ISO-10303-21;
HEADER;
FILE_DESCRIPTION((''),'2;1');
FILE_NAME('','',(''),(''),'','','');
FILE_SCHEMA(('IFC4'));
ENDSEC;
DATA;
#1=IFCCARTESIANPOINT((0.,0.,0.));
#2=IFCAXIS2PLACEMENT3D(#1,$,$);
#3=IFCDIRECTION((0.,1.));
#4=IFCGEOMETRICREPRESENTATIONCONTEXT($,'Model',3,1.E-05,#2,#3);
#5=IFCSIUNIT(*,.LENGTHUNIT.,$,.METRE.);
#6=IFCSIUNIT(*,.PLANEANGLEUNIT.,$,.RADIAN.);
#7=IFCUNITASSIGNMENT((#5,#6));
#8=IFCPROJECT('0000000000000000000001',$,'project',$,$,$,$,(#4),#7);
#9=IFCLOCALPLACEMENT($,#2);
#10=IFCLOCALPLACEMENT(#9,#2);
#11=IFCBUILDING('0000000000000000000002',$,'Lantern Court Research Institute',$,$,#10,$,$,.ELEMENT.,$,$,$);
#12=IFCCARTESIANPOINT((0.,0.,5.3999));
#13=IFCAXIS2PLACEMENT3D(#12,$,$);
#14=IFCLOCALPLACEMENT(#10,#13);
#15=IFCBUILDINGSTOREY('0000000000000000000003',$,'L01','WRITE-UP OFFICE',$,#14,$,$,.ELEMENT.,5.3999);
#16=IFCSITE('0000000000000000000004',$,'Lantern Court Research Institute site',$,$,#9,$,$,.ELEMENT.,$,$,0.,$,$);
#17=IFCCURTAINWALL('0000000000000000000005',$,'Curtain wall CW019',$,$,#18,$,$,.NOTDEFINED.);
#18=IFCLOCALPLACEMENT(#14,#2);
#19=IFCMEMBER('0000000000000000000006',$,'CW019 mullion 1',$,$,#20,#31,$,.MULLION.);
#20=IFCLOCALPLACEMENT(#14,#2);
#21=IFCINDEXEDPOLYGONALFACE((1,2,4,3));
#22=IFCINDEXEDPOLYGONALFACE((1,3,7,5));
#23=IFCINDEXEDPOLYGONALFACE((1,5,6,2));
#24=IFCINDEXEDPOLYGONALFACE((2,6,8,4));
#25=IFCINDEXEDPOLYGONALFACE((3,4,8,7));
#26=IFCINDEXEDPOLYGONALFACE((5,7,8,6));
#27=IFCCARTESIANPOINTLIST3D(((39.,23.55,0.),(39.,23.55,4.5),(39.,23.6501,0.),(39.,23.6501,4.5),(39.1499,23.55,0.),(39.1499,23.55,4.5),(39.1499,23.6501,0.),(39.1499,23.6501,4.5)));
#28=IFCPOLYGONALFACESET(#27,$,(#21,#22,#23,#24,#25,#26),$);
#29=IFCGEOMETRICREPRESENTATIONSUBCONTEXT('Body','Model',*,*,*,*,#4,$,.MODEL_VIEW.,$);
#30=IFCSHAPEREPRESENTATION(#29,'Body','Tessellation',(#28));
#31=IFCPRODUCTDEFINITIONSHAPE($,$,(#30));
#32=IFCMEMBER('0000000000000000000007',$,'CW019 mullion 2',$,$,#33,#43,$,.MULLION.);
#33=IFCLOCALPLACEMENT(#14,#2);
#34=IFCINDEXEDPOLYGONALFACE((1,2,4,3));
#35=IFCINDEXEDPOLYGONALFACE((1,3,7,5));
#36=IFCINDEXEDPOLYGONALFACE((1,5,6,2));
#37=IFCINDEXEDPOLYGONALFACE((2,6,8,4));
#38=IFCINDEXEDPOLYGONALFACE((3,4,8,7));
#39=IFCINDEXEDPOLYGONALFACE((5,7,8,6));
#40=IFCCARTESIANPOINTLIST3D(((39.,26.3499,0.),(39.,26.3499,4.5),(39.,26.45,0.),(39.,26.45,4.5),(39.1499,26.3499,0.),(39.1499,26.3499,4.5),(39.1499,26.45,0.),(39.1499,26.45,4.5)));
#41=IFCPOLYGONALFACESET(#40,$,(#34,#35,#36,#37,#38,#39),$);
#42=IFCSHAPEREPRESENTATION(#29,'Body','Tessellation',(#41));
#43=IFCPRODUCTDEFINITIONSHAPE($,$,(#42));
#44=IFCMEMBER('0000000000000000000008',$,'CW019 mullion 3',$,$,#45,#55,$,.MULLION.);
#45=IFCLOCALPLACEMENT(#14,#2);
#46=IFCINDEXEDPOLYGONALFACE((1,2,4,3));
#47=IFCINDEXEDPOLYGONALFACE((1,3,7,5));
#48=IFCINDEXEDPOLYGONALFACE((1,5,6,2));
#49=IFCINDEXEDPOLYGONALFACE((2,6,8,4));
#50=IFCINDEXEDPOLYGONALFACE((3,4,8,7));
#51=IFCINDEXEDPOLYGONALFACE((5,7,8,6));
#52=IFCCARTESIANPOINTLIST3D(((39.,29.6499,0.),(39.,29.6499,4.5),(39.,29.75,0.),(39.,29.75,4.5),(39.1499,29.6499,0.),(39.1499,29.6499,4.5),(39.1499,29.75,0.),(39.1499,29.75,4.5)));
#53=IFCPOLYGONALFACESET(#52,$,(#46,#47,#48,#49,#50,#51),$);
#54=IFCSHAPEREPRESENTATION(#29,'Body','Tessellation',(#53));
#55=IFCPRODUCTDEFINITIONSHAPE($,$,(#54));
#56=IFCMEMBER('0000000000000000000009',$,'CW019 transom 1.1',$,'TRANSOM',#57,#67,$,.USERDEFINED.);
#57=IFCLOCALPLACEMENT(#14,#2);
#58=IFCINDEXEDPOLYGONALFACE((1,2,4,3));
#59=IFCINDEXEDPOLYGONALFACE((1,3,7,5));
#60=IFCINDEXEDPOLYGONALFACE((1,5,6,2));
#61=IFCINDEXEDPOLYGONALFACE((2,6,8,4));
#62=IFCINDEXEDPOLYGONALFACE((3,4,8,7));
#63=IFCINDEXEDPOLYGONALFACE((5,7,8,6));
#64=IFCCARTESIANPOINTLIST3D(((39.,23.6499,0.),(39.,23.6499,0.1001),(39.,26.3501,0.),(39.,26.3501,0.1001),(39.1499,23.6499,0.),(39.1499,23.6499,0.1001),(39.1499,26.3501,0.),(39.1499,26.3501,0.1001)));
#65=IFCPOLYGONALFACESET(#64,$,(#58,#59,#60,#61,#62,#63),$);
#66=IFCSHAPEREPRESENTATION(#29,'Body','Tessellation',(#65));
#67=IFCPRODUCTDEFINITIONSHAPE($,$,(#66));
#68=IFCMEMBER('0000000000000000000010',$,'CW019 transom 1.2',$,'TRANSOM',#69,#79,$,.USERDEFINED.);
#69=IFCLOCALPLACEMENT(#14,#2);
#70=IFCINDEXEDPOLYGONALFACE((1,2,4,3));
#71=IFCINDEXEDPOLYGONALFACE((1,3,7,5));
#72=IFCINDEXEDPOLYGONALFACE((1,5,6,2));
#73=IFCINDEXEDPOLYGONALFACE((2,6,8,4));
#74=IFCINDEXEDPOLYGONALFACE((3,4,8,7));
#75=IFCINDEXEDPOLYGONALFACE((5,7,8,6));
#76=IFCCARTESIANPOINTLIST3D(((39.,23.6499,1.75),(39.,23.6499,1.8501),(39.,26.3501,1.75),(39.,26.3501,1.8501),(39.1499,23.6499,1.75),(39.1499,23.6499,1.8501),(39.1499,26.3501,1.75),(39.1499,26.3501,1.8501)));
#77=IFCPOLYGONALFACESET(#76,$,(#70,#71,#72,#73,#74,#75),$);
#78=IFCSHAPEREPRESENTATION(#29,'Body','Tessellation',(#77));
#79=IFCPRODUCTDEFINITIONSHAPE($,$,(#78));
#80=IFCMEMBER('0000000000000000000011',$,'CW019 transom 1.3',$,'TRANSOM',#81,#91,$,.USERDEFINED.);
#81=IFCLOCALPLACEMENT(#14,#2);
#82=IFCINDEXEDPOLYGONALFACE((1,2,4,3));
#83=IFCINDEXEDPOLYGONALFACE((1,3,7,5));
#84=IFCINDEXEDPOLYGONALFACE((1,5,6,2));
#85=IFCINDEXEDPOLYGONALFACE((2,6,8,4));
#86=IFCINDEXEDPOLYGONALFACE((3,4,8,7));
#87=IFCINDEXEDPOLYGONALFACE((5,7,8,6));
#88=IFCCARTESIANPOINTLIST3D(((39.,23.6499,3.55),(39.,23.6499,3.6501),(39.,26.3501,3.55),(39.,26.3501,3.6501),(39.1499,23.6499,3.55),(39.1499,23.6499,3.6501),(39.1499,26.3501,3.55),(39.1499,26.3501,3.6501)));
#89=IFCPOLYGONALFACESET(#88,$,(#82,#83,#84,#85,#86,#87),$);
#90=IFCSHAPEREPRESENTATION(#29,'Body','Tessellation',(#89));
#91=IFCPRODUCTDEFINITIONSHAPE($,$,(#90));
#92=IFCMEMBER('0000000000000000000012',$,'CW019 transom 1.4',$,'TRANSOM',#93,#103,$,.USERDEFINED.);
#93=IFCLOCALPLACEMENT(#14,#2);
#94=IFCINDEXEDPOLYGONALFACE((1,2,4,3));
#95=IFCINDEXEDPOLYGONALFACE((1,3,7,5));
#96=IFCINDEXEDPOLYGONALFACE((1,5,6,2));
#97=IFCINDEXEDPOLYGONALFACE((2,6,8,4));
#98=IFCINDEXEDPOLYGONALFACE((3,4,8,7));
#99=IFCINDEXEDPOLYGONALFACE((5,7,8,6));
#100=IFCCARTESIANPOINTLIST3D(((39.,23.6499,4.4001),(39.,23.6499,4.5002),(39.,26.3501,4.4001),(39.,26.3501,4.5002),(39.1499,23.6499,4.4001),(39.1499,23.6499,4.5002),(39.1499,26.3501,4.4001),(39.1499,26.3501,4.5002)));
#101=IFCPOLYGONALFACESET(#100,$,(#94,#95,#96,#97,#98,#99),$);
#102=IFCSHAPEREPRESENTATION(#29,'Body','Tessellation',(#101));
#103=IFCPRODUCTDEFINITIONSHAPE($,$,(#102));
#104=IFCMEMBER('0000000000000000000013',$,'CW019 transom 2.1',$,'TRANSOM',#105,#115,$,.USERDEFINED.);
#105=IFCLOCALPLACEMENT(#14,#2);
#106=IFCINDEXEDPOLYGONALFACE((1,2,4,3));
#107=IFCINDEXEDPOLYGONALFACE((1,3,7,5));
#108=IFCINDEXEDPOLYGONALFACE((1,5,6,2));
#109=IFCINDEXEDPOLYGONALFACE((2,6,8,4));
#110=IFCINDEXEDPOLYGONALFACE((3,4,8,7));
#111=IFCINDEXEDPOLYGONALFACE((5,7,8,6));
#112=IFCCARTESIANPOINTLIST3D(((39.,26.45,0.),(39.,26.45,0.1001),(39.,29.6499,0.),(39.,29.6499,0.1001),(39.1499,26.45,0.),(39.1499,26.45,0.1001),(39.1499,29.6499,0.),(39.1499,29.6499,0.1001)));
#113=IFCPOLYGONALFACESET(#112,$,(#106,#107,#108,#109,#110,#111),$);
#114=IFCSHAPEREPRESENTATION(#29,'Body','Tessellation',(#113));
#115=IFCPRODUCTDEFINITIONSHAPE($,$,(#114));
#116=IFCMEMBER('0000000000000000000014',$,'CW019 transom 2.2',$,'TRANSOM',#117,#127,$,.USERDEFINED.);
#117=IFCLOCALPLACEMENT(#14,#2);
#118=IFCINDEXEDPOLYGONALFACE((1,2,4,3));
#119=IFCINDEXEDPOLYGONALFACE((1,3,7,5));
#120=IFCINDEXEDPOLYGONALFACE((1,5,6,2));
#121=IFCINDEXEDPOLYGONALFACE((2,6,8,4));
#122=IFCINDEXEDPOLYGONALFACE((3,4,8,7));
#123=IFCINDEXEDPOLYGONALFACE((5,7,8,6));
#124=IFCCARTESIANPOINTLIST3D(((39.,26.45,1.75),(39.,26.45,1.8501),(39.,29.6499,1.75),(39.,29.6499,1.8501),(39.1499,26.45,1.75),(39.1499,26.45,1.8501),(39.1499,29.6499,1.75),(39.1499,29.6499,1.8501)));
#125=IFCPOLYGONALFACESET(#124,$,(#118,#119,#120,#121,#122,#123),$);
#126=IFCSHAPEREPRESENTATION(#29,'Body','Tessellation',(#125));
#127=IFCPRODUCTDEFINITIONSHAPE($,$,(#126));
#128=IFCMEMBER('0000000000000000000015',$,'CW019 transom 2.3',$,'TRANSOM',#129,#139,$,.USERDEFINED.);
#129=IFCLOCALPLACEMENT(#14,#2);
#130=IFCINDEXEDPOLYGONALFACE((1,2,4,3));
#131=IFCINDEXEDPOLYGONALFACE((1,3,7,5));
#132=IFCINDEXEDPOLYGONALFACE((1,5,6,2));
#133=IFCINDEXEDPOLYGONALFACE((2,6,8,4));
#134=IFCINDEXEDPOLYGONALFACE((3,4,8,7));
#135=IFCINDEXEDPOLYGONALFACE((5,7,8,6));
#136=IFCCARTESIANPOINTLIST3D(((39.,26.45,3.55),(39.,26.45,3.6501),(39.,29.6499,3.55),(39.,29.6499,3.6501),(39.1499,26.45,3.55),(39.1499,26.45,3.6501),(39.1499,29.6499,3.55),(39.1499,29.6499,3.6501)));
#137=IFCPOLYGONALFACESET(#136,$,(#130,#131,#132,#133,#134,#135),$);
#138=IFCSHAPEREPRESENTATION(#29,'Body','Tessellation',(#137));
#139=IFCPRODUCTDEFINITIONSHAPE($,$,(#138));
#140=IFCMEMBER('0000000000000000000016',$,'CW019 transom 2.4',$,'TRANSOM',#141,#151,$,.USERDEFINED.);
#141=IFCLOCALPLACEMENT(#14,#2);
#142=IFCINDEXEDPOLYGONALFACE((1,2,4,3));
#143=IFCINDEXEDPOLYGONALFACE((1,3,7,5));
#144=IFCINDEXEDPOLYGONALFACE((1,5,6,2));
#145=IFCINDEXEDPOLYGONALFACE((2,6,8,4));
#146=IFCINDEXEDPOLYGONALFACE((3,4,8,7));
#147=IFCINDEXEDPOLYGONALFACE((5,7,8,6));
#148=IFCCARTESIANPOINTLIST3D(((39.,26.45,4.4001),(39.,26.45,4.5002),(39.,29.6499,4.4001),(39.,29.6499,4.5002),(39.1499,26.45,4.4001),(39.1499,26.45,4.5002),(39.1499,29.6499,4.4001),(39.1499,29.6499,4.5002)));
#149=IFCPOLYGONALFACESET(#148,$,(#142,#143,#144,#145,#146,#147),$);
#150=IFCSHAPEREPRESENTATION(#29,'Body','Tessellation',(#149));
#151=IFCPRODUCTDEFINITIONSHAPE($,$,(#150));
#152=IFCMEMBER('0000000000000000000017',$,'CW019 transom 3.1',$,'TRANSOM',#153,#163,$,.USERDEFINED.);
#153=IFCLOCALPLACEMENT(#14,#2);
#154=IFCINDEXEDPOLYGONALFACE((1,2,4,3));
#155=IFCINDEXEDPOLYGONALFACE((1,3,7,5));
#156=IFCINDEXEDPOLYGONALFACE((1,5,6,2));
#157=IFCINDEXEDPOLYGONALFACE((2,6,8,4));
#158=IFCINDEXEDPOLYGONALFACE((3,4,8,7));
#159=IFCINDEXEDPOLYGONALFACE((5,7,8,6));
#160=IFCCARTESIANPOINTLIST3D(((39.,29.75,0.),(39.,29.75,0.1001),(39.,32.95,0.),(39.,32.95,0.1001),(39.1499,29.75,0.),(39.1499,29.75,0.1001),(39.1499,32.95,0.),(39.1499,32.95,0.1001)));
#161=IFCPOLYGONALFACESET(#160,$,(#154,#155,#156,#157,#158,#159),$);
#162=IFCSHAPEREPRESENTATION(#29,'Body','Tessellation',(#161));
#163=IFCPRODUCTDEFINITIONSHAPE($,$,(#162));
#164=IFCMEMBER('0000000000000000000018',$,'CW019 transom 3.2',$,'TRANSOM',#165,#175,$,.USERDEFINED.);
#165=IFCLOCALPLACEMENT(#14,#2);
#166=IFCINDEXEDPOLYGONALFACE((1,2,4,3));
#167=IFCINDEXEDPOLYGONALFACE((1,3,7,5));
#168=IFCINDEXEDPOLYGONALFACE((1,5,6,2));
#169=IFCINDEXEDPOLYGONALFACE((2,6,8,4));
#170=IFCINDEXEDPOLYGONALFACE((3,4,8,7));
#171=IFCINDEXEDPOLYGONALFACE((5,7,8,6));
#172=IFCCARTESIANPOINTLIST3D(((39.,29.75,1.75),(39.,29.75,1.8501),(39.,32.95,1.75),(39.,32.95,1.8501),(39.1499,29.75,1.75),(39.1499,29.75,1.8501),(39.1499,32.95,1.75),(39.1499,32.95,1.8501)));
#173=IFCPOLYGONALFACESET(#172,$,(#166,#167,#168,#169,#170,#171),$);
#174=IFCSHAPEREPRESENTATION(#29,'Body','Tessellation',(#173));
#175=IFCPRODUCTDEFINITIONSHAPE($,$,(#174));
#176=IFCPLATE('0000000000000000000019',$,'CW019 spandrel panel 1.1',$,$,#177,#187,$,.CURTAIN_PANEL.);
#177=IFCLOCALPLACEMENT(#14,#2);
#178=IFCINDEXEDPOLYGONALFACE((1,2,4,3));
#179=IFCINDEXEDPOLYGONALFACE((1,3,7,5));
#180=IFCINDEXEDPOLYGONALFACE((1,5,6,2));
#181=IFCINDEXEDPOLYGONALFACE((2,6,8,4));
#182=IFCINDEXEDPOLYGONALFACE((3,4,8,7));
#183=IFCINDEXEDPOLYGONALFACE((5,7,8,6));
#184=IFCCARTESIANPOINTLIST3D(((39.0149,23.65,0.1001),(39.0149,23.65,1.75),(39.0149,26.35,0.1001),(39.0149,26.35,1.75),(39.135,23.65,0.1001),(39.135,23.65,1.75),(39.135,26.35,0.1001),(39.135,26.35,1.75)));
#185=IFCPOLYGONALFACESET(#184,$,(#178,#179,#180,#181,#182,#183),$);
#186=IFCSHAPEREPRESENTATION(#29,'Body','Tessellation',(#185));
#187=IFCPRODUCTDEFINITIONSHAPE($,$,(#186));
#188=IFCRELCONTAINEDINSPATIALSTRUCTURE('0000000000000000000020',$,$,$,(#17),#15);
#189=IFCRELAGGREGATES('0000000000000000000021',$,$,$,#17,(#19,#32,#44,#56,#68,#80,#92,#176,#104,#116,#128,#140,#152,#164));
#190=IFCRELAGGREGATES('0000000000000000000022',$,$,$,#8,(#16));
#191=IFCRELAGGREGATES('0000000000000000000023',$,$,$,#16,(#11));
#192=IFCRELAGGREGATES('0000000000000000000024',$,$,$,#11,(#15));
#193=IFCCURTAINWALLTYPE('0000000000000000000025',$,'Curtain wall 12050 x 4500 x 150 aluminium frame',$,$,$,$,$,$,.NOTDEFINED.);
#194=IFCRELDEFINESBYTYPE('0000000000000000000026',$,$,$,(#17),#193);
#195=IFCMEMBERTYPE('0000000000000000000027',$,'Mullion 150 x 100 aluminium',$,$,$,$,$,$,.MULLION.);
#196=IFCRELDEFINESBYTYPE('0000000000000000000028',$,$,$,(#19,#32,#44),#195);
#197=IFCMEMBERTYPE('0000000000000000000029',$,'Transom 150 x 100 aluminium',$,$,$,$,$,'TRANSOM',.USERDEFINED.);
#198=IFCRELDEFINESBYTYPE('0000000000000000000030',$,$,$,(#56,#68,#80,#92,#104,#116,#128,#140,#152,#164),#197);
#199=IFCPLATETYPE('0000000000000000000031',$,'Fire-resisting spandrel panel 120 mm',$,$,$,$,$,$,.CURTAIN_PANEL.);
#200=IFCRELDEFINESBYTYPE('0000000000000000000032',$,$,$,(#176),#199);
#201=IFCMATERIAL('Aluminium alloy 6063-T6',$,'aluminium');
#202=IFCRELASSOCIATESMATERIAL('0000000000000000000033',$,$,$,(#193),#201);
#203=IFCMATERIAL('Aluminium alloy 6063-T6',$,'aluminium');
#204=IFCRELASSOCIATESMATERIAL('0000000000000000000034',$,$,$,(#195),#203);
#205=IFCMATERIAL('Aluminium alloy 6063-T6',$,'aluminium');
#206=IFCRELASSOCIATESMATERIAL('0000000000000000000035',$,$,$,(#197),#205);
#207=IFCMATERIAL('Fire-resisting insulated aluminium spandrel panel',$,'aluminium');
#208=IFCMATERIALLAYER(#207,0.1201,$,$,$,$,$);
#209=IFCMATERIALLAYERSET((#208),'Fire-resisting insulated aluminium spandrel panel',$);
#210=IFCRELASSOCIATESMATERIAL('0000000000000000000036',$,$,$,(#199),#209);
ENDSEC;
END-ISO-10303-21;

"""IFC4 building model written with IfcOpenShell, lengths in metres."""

from ifc_helpers import new_model, si_unit, direction, frame, origin, origin_2d, place, context, subcontext, project, spatial, rectangle, extrude, material, layer, layer_set, material_profile, profile_set, type_object, element, aggregate, save


model = new_model("IFC4")

# Units and contexts
model_context = context("Model", 3, precision=1e-05, world=origin(), true_north=direction((0.0, 1.0)))
body_context = subcontext(model_context, "Body", "Model", "MODEL_VIEW")
ifc_project = project(units=[si_unit("LENGTHUNIT", "METRE"), si_unit("PLANEANGLEUNIT", "RADIAN")], contexts=[model_context])

# Site, building, storey
site_placement = place(None, origin())
site = spatial("IfcSite", under=ifc_project, at=site_placement, Name="Lantern Court Research Institute site", CompositionType="ELEMENT", RefElevation=0.0)
building_placement = place(site_placement, origin())
building = spatial("IfcBuilding", under=site, at=building_placement, Name="Lantern Court Research Institute", CompositionType="ELEMENT")
storey_placement = place(building_placement, frame((0.0, 0.0, 5.3999)))
storey = spatial("IfcBuildingStorey", under=building, at=storey_placement, Name="L01", Description="WRITE-UP OFFICE", CompositionType="ELEMENT", Elevation=5.3999)

# Curtain wall, members, plate
ifc_material_1 = material(Name="Aluminium alloy 6063-T6", Category="aluminium")
curtain_wall_type = type_object("IfcCurtainWallType", Name="Curtain wall 12050 x 4500 x 150 aluminium frame", PredefinedType="NOTDEFINED", material=ifc_material_1)
curtain_wall_placement = place(storey_placement, origin())
curtain_wall = element("IfcCurtainWall", 1, at=curtain_wall_placement, inside=storey, type_object=curtain_wall_type, Name="Curtain wall CW019", PredefinedType="NOTDEFINED")
ifc_material_2 = material(Name="Aluminium alloy 6063-T6", Category="aluminium")
ifc_material_profile_1 = material_profile(ifc_material_2, rectangle(XDim=0.1499, YDim=0.1001, at=origin_2d()), Name="Mullion 150 x 100")
ifc_profile_set_1 = profile_set([ifc_material_profile_1], Name="Aluminium alloy 6063-T6")
member_type_1 = type_object("IfcMemberType", Name="Mullion 150 x 100 aluminium", PredefinedType="MULLION", material=ifc_profile_set_1)
member_1_placement = place(storey_placement, frame((39.075, 23.6001, 0.0), z_axis=(0.0, 0.0, 1.0), x_axis=(-1.0, 0.0, 0.0)))
member_1 = element("IfcMember", 2, at=member_1_placement, type_object=member_type_1, Name="CW019 mullion 1", PredefinedType="MULLION", context=body_context, shape_type="SweptSolid", body=[
    extrude(rectangle(XDim=0.1499, YDim=0.1001, at=origin_2d()), origin(), (0.0, 0.0, 1.0), 4.5),
])
member_2_placement = place(storey_placement, frame((39.075, 26.3999, 0.0), z_axis=(0.0, 0.0, 1.0), x_axis=(-1.0, 0.0, 0.0)))
member_2 = element("IfcMember", 3, at=member_2_placement, type_object=member_type_1, Name="CW019 mullion 2", PredefinedType="MULLION", context=body_context, shape_type="SweptSolid", body=[
    extrude(rectangle(XDim=0.1499, YDim=0.1001, at=origin_2d()), origin(), (0.0, 0.0, 1.0), 4.5),
])
member_3_placement = place(storey_placement, frame((39.075, 29.7, 0.0), z_axis=(0.0, 0.0, 1.0), x_axis=(-1.0, 0.0, 0.0)))
member_3 = element("IfcMember", 4, at=member_3_placement, type_object=member_type_1, Name="CW019 mullion 3", PredefinedType="MULLION", context=body_context, shape_type="SweptSolid", body=[
    extrude(rectangle(XDim=0.1499, YDim=0.1001, at=origin_2d()), origin(), (0.0, 0.0, 1.0), 4.5),
])
ifc_material_3 = material(Name="Aluminium alloy 6063-T6", Category="aluminium")
ifc_material_profile_2 = material_profile(ifc_material_3, rectangle(XDim=0.1499, YDim=0.1001, at=origin_2d()), Name="Transom 150 x 100")
ifc_profile_set_2 = profile_set([ifc_material_profile_2], Name="Aluminium alloy 6063-T6")
member_type_2 = type_object("IfcMemberType", Name="Transom 150 x 100 aluminium", ElementType="TRANSOM", PredefinedType="USERDEFINED", material=ifc_profile_set_2)
member_4_placement = place(storey_placement, frame((39.075, 23.6499, 0.05), z_axis=(0.0, 1.0, 0.0), x_axis=(-1.0, 0.0, 0.0)))
member_4 = element("IfcMember", 5, at=member_4_placement, type_object=member_type_2, Name="CW019 transom 1.1", ObjectType="TRANSOM", PredefinedType="USERDEFINED", context=body_context, shape_type="SweptSolid", body=[
    extrude(rectangle(XDim=0.1499, YDim=0.1001, at=origin_2d()), origin(), (0.0, 0.0, 1.0), 2.7002),
])
member_5_placement = place(storey_placement, frame((39.075, 23.6499, 1.8), z_axis=(0.0, 1.0, 0.0), x_axis=(-1.0, 0.0, 0.0)))
member_5 = element("IfcMember", 6, at=member_5_placement, type_object=member_type_2, Name="CW019 transom 1.2", ObjectType="TRANSOM", PredefinedType="USERDEFINED", context=body_context, shape_type="SweptSolid", body=[
    extrude(rectangle(XDim=0.1499, YDim=0.1001, at=origin_2d()), origin(), (0.0, 0.0, 1.0), 2.7002),
])
member_6_placement = place(storey_placement, frame((39.075, 23.6499, 3.6001), z_axis=(0.0, 1.0, 0.0), x_axis=(-1.0, 0.0, 0.0)))
member_6 = element("IfcMember", 7, at=member_6_placement, type_object=member_type_2, Name="CW019 transom 1.3", ObjectType="TRANSOM", PredefinedType="USERDEFINED", context=body_context, shape_type="SweptSolid", body=[
    extrude(rectangle(XDim=0.1499, YDim=0.1001, at=origin_2d()), origin(), (0.0, 0.0, 1.0), 2.7002),
])
member_7_placement = place(storey_placement, frame((39.075, 23.6499, 4.4502), z_axis=(0.0, 1.0, 0.0), x_axis=(-1.0, 0.0, 0.0)))
member_7 = element("IfcMember", 8, at=member_7_placement, type_object=member_type_2, Name="CW019 transom 1.4", ObjectType="TRANSOM", PredefinedType="USERDEFINED", context=body_context, shape_type="SweptSolid", body=[
    extrude(rectangle(XDim=0.1499, YDim=0.1001, at=origin_2d()), origin(), (0.0, 0.0, 1.0), 2.7002),
])
member_8_placement = place(storey_placement, frame((39.075, 26.45, 0.05), z_axis=(0.0, 1.0, 0.0), x_axis=(-1.0, 0.0, 0.0)))
member_8 = element("IfcMember", 9, at=member_8_placement, type_object=member_type_2, Name="CW019 transom 2.1", ObjectType="TRANSOM", PredefinedType="USERDEFINED", context=body_context, shape_type="SweptSolid", body=[
    extrude(rectangle(XDim=0.1499, YDim=0.1001, at=origin_2d()), origin(), (0.0, 0.0, 1.0), 3.2),
])
member_9_placement = place(storey_placement, frame((39.075, 26.45, 1.8), z_axis=(0.0, 1.0, 0.0), x_axis=(-1.0, 0.0, 0.0)))
member_9 = element("IfcMember", 10, at=member_9_placement, type_object=member_type_2, Name="CW019 transom 2.2", ObjectType="TRANSOM", PredefinedType="USERDEFINED", context=body_context, shape_type="SweptSolid", body=[
    extrude(rectangle(XDim=0.1499, YDim=0.1001, at=origin_2d()), origin(), (0.0, 0.0, 1.0), 3.2),
])
member_10_placement = place(storey_placement, frame((39.075, 26.45, 3.6001), z_axis=(0.0, 1.0, 0.0), x_axis=(-1.0, 0.0, 0.0)))
member_10 = element("IfcMember", 11, at=member_10_placement, type_object=member_type_2, Name="CW019 transom 2.3", ObjectType="TRANSOM", PredefinedType="USERDEFINED", context=body_context, shape_type="SweptSolid", body=[
    extrude(rectangle(XDim=0.1499, YDim=0.1001, at=origin_2d()), origin(), (0.0, 0.0, 1.0), 3.2),
])
member_11_placement = place(storey_placement, frame((39.075, 26.45, 4.4502), z_axis=(0.0, 1.0, 0.0), x_axis=(-1.0, 0.0, 0.0)))
member_11 = element("IfcMember", 12, at=member_11_placement, type_object=member_type_2, Name="CW019 transom 2.4", ObjectType="TRANSOM", PredefinedType="USERDEFINED", context=body_context, shape_type="SweptSolid", body=[
    extrude(rectangle(XDim=0.1499, YDim=0.1001, at=origin_2d()), origin(), (0.0, 0.0, 1.0), 3.2),
])
member_12_placement = place(storey_placement, frame((39.075, 29.75, 0.05), z_axis=(0.0, 1.0, 0.0), x_axis=(-1.0, 0.0, 0.0)))
member_12 = element("IfcMember", 13, at=member_12_placement, type_object=member_type_2, Name="CW019 transom 3.1", ObjectType="TRANSOM", PredefinedType="USERDEFINED", context=body_context, shape_type="SweptSolid", body=[
    extrude(rectangle(XDim=0.1499, YDim=0.1001, at=origin_2d()), origin(), (0.0, 0.0, 1.0), 3.2),
])
member_13_placement = place(storey_placement, frame((39.075, 29.75, 1.8), z_axis=(0.0, 1.0, 0.0), x_axis=(-1.0, 0.0, 0.0)))
member_13 = element("IfcMember", 14, at=member_13_placement, type_object=member_type_2, Name="CW019 transom 3.2", ObjectType="TRANSOM", PredefinedType="USERDEFINED", context=body_context, shape_type="SweptSolid", body=[
    extrude(rectangle(XDim=0.1499, YDim=0.1001, at=origin_2d()), origin(), (0.0, 0.0, 1.0), 3.2),
])
ifc_material_4 = material(Name="Fire-resisting insulated aluminium spandrel panel", Category="aluminium")
ifc_layer_1 = layer(ifc_material_4, 0.1201)
ifc_layer_set_1 = layer_set([ifc_layer_1], Name="Fire-resisting insulated aluminium spandrel panel")
plate_type_1 = type_object("IfcPlateType", Name="Fire-resisting spandrel panel 120 mm", PredefinedType="CURTAIN_PANEL", material=ifc_layer_set_1)
plate_1_placement = place(storey_placement, frame((39.075, 25.0, 0.1001), z_axis=(0.0, 0.0, 1.0), x_axis=(0.0, 1.0, 0.0)))
plate_1 = element("IfcPlate", 15, at=plate_1_placement, type_object=plate_type_1, Name="CW019 spandrel panel 1.1", PredefinedType="CURTAIN_PANEL", context=body_context, shape_type="SweptSolid", body=[
    extrude(rectangle(XDim=2.7, YDim=0.1201, at=origin_2d()), origin(), (0.0, 0.0, 1.0), 1.6499),
])
aggregate(curtain_wall, [member_1, member_2, member_3, member_4, member_5, member_6, member_7, plate_1, member_8, member_9, member_10, member_11, member_12, member_13])

save(model, "model.ifc")
